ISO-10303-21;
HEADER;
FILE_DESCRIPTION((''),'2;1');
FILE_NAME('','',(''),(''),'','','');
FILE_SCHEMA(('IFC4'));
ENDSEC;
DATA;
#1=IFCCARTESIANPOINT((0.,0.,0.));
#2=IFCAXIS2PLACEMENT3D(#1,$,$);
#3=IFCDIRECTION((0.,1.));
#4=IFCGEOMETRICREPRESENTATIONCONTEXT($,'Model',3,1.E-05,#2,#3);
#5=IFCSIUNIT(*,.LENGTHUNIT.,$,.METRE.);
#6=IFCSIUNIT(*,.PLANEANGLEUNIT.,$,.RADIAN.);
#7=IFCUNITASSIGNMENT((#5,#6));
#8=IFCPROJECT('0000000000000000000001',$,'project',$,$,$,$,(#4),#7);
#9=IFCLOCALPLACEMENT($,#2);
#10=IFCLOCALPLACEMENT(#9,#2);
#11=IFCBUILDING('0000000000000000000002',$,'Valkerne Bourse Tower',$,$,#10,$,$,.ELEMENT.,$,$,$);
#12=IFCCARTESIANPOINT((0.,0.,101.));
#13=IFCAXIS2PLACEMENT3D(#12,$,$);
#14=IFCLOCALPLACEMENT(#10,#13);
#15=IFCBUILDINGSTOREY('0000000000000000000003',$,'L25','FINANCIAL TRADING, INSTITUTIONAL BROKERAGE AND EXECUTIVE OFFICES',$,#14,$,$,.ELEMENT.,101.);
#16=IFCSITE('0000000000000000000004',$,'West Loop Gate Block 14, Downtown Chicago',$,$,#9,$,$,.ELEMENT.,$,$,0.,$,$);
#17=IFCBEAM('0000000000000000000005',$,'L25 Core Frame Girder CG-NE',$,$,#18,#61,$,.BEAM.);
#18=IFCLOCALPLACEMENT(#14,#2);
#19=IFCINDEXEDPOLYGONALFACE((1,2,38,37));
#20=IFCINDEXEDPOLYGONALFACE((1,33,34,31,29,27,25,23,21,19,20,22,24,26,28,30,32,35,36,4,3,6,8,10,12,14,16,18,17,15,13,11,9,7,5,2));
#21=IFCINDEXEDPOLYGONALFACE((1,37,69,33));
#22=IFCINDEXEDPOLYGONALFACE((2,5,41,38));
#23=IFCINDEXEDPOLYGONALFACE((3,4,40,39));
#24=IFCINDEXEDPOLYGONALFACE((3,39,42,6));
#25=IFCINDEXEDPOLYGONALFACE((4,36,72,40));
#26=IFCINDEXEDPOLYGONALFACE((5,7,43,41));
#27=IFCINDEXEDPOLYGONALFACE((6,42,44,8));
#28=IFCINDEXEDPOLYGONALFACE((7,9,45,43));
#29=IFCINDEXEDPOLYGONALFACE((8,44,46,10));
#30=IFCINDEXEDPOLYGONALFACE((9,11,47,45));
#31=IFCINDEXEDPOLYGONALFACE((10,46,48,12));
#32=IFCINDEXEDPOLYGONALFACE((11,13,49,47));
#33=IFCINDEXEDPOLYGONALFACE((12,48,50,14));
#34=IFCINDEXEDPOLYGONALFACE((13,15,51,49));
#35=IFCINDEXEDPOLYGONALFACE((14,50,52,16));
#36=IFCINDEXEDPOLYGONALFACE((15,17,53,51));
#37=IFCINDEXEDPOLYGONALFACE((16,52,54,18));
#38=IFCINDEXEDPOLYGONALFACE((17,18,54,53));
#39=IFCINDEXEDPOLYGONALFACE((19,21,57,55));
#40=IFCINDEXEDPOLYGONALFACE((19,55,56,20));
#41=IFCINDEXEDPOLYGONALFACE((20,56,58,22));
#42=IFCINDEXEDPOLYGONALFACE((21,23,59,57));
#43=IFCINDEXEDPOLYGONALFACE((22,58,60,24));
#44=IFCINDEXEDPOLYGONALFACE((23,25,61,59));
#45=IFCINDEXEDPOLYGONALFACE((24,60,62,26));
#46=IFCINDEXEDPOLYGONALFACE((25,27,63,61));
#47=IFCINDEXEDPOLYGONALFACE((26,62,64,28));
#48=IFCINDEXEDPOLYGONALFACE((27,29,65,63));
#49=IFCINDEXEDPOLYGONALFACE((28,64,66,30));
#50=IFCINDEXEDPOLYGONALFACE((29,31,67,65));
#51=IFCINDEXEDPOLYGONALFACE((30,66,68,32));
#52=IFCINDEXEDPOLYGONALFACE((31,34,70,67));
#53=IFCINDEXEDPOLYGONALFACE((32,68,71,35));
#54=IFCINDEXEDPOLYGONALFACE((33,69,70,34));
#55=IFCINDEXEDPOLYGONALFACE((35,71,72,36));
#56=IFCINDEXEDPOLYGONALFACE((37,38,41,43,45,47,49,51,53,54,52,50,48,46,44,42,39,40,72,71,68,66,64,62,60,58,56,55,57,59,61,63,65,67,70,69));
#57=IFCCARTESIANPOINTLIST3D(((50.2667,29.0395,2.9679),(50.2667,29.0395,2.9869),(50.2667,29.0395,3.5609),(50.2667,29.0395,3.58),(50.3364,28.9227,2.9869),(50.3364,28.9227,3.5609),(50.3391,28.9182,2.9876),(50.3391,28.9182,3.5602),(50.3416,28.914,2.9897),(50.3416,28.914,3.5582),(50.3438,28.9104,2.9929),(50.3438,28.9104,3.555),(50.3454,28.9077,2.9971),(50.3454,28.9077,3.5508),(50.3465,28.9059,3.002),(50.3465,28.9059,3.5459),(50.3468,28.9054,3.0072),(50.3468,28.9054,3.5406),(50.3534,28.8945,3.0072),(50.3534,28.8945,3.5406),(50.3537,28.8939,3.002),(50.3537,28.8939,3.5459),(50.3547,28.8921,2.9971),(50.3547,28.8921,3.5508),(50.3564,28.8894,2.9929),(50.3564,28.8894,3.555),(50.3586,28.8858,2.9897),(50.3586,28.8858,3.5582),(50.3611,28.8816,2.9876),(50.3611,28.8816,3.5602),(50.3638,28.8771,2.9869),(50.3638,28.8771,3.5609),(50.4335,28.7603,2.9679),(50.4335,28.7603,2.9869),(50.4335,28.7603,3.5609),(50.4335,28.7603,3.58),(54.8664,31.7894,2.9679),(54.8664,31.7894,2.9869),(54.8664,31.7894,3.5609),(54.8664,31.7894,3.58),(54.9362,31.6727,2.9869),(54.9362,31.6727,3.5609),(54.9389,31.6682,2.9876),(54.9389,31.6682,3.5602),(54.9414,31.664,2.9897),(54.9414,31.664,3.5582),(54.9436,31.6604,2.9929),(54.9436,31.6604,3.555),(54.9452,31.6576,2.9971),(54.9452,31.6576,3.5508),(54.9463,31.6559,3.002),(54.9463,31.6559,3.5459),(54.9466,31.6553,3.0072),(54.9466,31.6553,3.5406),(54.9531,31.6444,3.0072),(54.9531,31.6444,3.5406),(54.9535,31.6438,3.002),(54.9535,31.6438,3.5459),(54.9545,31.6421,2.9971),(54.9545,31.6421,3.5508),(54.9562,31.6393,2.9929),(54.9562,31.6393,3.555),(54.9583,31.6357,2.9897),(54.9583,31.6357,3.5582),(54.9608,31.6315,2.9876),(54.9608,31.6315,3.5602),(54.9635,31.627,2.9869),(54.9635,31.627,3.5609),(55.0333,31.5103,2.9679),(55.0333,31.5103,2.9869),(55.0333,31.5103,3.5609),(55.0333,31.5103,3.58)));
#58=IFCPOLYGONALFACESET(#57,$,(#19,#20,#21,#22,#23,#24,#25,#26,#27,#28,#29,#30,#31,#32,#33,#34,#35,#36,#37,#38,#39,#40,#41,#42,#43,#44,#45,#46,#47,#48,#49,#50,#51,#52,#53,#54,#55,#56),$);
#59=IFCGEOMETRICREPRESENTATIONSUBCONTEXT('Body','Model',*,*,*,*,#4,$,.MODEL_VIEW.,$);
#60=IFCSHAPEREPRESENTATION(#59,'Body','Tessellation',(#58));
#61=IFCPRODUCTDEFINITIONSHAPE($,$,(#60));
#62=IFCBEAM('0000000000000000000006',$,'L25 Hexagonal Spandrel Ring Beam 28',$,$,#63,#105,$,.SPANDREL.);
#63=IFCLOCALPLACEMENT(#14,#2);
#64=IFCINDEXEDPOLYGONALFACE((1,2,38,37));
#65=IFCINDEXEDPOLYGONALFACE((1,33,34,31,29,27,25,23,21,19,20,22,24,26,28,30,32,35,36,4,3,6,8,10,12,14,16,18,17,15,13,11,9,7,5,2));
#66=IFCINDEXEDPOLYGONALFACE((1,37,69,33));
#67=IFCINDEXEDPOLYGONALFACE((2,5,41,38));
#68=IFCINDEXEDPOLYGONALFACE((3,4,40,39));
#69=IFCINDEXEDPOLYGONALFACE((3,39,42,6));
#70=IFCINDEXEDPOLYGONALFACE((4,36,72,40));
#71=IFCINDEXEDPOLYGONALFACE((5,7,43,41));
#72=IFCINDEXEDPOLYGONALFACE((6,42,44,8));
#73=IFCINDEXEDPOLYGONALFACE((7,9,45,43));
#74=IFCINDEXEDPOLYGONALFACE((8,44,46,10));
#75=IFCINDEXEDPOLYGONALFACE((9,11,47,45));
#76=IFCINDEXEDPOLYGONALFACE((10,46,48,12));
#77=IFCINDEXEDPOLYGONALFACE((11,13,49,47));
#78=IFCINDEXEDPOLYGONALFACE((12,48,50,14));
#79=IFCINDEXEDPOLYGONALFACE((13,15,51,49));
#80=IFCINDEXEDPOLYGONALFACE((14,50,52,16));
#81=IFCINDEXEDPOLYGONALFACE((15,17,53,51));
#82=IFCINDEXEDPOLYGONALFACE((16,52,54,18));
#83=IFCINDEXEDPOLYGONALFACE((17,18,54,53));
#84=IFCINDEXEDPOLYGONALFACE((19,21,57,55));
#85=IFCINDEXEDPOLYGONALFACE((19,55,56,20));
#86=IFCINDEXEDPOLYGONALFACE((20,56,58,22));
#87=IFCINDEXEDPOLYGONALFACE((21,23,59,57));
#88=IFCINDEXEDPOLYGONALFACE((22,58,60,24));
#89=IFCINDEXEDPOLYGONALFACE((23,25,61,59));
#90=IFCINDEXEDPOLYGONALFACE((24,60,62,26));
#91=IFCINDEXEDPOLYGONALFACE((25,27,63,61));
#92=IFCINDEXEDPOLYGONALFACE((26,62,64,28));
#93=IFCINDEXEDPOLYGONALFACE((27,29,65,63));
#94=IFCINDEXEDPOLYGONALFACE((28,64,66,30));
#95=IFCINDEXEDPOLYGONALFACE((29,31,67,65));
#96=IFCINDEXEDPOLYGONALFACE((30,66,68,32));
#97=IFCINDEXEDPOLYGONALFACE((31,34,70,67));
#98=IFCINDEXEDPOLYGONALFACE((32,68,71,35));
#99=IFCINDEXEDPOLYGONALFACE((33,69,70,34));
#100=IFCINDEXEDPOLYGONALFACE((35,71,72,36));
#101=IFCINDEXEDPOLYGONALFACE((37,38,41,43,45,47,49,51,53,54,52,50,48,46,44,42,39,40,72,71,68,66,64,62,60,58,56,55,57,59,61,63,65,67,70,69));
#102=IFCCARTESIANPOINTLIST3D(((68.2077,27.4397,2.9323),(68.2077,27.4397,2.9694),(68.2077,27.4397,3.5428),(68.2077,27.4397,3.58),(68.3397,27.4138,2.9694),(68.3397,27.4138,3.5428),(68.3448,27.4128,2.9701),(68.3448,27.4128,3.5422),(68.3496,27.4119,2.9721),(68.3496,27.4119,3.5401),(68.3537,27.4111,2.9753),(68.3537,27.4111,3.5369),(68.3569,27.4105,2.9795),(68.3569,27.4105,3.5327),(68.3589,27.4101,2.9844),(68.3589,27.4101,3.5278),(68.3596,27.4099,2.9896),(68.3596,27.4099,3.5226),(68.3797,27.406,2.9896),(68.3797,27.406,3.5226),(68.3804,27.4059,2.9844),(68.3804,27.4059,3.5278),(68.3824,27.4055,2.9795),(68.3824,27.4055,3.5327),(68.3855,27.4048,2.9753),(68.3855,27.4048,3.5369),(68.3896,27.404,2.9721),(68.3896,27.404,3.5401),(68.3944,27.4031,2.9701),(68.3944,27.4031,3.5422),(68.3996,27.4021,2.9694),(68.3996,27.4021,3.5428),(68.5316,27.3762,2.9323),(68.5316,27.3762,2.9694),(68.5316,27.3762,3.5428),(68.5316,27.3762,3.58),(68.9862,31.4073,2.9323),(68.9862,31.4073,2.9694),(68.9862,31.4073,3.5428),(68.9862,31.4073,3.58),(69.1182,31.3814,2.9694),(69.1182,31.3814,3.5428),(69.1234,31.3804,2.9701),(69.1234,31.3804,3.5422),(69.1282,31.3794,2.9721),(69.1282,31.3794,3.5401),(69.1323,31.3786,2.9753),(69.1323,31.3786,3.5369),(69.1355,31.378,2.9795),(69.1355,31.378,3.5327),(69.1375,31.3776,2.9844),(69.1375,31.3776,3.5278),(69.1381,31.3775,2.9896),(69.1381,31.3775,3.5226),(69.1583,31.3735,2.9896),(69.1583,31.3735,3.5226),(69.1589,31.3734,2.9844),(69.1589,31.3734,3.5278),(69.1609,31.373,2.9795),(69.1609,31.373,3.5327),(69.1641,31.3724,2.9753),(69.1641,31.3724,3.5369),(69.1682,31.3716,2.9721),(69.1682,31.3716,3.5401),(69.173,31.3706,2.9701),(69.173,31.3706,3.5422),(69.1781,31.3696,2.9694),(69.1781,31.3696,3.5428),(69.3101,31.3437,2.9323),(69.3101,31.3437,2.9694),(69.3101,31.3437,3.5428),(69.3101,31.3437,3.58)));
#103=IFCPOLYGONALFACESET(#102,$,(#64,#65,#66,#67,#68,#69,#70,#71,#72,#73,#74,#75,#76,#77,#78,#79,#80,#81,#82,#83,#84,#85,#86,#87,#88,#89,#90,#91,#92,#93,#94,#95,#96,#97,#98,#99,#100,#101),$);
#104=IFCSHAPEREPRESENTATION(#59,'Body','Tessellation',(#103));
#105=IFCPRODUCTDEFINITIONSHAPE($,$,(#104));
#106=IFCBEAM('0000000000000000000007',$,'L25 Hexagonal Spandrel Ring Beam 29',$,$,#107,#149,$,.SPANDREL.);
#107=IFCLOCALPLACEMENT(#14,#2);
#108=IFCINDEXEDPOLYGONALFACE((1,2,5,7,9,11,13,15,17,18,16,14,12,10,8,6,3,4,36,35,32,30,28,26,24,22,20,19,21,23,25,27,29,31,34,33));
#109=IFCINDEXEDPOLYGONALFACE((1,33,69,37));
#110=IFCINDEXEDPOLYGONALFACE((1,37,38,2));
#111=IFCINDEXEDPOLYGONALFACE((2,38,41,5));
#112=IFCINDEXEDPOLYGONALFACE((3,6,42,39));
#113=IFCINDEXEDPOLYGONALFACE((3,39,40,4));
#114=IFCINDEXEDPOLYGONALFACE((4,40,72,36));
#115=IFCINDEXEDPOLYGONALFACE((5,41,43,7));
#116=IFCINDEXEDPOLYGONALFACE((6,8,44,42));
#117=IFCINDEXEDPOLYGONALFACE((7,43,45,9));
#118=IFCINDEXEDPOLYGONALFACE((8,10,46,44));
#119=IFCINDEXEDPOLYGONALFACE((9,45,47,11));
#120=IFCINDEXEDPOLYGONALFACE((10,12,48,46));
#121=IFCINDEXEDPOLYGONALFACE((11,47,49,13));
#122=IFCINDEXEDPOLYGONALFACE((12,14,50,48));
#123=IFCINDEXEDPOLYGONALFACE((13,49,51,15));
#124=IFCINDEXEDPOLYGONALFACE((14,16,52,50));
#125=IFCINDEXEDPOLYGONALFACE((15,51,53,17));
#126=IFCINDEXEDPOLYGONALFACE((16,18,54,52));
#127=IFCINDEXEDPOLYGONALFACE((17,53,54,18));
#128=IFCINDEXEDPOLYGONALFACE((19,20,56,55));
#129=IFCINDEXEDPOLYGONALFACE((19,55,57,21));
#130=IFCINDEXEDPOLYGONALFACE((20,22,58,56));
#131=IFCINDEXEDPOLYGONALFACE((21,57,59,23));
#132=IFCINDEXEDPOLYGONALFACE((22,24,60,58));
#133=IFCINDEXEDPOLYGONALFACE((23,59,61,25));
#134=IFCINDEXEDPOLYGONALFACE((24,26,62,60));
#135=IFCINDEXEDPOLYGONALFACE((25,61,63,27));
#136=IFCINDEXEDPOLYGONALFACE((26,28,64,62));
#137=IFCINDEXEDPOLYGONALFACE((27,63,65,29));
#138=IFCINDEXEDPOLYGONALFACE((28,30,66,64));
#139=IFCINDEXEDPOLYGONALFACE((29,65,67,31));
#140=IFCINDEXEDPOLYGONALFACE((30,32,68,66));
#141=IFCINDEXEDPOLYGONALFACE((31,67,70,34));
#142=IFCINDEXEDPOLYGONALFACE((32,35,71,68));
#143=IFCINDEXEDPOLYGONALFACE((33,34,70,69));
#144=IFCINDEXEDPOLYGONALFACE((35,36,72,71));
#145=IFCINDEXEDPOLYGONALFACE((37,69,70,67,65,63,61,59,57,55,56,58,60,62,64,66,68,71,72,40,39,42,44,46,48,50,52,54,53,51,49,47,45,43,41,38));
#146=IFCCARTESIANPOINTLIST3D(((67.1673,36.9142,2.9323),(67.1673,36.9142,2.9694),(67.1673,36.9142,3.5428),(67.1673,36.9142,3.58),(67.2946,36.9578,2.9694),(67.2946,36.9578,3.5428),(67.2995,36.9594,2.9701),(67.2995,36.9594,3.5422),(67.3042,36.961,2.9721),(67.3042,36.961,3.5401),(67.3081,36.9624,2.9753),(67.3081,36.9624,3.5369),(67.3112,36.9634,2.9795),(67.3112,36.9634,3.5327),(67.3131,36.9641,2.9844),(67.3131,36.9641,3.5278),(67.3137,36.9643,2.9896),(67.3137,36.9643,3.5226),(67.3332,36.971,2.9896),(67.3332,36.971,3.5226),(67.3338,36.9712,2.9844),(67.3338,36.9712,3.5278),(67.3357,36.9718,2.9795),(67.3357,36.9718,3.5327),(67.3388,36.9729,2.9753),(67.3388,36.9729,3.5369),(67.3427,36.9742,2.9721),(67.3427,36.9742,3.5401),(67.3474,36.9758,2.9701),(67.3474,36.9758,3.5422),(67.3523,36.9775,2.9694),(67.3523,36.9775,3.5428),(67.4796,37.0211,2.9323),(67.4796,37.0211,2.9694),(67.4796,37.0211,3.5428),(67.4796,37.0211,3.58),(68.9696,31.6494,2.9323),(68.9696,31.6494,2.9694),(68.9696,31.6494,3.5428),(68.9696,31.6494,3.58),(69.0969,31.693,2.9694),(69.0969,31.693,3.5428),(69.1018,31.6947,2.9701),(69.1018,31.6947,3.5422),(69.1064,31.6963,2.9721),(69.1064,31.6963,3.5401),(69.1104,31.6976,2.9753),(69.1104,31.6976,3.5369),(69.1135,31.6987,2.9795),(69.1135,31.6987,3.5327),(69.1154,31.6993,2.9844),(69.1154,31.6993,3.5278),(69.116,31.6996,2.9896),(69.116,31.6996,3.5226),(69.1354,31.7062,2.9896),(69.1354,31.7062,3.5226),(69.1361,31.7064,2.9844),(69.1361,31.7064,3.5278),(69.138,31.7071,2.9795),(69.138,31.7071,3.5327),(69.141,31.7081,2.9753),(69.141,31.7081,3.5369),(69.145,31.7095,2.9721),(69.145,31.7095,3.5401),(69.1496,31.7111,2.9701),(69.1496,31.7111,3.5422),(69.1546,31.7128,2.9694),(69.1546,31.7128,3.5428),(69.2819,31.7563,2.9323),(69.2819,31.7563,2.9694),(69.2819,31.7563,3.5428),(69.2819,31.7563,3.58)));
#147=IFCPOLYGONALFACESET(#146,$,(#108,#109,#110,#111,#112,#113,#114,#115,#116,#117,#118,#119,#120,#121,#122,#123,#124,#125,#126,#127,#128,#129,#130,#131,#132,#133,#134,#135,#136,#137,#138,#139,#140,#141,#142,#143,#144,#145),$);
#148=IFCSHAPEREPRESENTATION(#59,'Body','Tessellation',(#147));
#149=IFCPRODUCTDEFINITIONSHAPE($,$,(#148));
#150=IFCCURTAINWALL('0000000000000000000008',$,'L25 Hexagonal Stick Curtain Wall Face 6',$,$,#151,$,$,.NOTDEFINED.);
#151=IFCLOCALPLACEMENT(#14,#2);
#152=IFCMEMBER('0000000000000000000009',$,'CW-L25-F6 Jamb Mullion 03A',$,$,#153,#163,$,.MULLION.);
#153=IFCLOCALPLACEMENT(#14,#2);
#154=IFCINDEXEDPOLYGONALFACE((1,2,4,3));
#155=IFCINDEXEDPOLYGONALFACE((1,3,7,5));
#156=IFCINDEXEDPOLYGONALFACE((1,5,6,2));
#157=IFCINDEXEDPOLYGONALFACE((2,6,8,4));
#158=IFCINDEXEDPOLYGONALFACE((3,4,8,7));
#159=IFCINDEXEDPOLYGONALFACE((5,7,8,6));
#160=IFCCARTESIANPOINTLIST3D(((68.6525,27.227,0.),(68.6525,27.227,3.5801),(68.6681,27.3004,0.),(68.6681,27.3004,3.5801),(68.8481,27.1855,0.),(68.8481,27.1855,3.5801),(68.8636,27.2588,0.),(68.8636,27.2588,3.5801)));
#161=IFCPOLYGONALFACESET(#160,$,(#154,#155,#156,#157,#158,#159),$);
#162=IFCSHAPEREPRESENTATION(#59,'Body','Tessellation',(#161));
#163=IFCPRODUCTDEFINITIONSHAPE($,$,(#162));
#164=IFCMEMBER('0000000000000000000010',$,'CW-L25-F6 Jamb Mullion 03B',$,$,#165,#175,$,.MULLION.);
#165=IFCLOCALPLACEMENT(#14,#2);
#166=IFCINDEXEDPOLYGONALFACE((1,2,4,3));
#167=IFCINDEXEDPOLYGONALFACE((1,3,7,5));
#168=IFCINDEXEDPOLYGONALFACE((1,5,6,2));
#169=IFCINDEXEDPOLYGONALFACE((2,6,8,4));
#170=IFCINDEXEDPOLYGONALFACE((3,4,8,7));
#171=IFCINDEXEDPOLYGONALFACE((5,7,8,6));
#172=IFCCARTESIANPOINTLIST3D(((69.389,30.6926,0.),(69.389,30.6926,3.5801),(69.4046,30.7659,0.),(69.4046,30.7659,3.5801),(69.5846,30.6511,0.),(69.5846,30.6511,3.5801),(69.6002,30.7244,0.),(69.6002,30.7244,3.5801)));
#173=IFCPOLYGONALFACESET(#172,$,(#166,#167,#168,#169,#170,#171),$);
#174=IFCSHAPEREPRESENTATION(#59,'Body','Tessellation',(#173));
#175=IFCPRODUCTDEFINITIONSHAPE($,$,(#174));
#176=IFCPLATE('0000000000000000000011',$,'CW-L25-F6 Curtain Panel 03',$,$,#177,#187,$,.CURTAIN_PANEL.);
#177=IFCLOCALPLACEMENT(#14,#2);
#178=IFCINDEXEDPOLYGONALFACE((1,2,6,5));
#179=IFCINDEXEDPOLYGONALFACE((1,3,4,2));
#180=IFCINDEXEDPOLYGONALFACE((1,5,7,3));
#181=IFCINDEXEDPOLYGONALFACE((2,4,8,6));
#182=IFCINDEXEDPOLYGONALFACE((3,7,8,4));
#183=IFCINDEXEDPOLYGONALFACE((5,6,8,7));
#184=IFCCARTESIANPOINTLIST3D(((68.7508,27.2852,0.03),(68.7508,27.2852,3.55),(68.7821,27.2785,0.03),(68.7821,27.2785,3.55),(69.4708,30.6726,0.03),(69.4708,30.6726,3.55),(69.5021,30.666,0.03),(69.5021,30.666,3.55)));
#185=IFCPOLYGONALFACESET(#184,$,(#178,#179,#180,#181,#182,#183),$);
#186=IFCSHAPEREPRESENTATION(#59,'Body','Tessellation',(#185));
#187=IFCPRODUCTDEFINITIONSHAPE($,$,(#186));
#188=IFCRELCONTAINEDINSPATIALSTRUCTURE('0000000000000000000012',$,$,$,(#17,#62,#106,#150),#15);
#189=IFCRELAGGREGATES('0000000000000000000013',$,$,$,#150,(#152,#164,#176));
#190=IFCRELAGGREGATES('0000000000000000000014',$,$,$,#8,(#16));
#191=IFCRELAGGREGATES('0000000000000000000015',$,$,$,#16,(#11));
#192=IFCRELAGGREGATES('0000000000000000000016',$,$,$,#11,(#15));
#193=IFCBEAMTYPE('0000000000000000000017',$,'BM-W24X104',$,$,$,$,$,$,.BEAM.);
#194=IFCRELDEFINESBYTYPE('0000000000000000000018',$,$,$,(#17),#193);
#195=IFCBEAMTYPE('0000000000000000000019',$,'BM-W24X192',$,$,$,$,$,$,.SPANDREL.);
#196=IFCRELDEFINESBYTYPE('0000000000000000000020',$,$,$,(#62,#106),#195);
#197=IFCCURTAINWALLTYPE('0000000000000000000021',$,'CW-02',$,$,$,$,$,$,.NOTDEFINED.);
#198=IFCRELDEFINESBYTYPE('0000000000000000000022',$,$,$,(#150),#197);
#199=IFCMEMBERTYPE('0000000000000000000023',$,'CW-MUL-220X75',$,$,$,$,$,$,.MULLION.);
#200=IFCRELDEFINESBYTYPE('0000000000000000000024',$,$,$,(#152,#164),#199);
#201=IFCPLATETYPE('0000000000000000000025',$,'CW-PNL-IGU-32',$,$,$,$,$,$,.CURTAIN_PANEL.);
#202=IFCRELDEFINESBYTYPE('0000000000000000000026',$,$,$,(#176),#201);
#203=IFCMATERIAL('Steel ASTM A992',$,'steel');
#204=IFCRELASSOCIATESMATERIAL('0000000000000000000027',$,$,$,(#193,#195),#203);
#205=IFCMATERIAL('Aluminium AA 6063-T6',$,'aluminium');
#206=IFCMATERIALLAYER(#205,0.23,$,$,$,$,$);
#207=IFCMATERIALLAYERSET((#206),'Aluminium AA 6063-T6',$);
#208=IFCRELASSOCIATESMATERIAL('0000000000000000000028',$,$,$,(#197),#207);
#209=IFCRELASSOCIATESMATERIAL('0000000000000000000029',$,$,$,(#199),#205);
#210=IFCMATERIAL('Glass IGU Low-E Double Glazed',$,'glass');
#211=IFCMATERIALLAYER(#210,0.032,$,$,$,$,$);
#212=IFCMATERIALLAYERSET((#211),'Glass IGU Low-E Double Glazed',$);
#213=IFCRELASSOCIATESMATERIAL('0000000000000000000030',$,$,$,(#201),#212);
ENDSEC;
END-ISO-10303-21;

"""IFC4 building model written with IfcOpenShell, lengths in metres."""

from ifc_helpers import new_model, si_unit, direction, frame, origin, origin_2d, place, context, subcontext, project, spatial, rectangle, i_section, extrude, material, layer, layer_set, material_profile, profile_set, type_object, element, aggregate, save


model = new_model("IFC4")

# Units and contexts
model_context = context("Model", 3, precision=1e-05, world=origin(), true_north=direction((0.0, 1.0)))
body_context = subcontext(model_context, "Body", "Model", "MODEL_VIEW")
ifc_project = project(units=[si_unit("LENGTHUNIT", "METRE"), si_unit("PLANEANGLEUNIT", "RADIAN")], contexts=[model_context])

# Site, building, storey
site_placement = place(None, origin())
site = spatial("IfcSite", under=ifc_project, at=site_placement, Name="West Loop Gate Block 14, Downtown Chicago", CompositionType="ELEMENT", RefElevation=0.0)
building_placement = place(site_placement, origin())
building = spatial("IfcBuilding", under=site, at=building_placement, Name="Valkerne Bourse Tower", CompositionType="ELEMENT")
storey_placement = place(building_placement, frame((0.0, 0.0, 101.0)))
storey = spatial("IfcBuildingStorey", under=building, at=storey_placement, Name="L25", Description="FINANCIAL TRADING, INSTITUTIONAL BROKERAGE AND EXECUTIVE OFFICES", CompositionType="ELEMENT", Elevation=101.0)

# Beams
ifc_material_1 = material(Name="Steel ASTM A992", Category="steel")
ifc_material_profile_1 = material_profile(ifc_material_1, i_section(OverallWidth=0.3252, OverallDepth=0.6121, WebThickness=0.0127, FlangeThickness=0.019, FilletRadius=0.0203, at=origin_2d()), Name="W24X104")
ifc_profile_set_1 = profile_set([ifc_material_profile_1], Name="Steel ASTM A992")
beam_type_1 = type_object("IfcBeamType", Name="BM-W24X104", PredefinedType="BEAM", material=ifc_profile_set_1)
beam_1_placement = place(storey_placement, frame((50.3501, 28.8999, 3.2739), z_axis=(0.858308, 0.513135, 0.0), x_axis=(-0.513135, 0.858308, 0.0)))
element("IfcBeam", 1, at=beam_1_placement, inside=storey, type_object=beam_type_1, Name="L25 Core Frame Girder CG-NE", PredefinedType="BEAM", context=body_context, shape_type="SweptSolid", body=[
    extrude(i_section(OverallWidth=0.3252, OverallDepth=0.6121, WebThickness=0.0127, FlangeThickness=0.019, FilletRadius=0.0203, at=origin_2d()), origin(), (0.0, 0.0, 1.0), 5.3591),
])
ifc_material_profile_2 = material_profile(ifc_material_1, i_section(OverallWidth=0.3301, OverallDepth=0.6477, WebThickness=0.0205, FlangeThickness=0.0371, FilletRadius=0.0203, at=origin_2d()), Name="W24X192")
ifc_profile_set_2 = profile_set([ifc_material_profile_2], Name="Steel ASTM A992")
beam_type_2 = type_object("IfcBeamType", Name="BM-W24X192", PredefinedType="SPANDREL", material=ifc_profile_set_2)
beam_2_placement = place(storey_placement, frame((68.3696, 27.408, 3.2561), z_axis=(0.192562, 0.981285, 0.0), x_axis=(-0.981285, 0.192562, 0.0)))
element("IfcBeam", 2, at=beam_2_placement, inside=storey, type_object=beam_type_2, Name="L25 Hexagonal Spandrel Ring Beam 28", PredefinedType="SPANDREL", context=body_context, shape_type="SweptSolid", body=[
    extrude(i_section(OverallWidth=0.3301, OverallDepth=0.6477, WebThickness=0.0205, FlangeThickness=0.0371, FilletRadius=0.0203, at=origin_2d()), origin(), (0.0, 0.0, 1.0), 4.0432),
])
beam_3_placement = place(storey_placement, frame((69.1257, 31.7029, 3.2561), z_axis=(-0.323878, 0.946099, 0.0), x_axis=(-0.946099, -0.323878, 0.0)))
element("IfcBeam", 3, at=beam_3_placement, inside=storey, type_object=beam_type_2, Name="L25 Hexagonal Spandrel Ring Beam 29", PredefinedType="SPANDREL", context=body_context, shape_type="SweptSolid", body=[
    extrude(i_section(OverallWidth=0.3301, OverallDepth=0.6477, WebThickness=0.0205, FlangeThickness=0.0371, FilletRadius=0.0203, at=origin_2d()), origin(), (0.0, 0.0, 1.0), 5.5647),
])

# Curtain wall, members, plate
ifc_material_2 = material(Name="Aluminium AA 6063-T6", Category="aluminium")
ifc_layer_1 = layer(ifc_material_2, 0.23)
ifc_layer_set_1 = layer_set([ifc_layer_1], Name="Aluminium AA 6063-T6")
curtain_wall_type = type_object("IfcCurtainWallType", Name="CW-02", PredefinedType="NOTDEFINED", material=ifc_layer_set_1)
curtain_wall_placement = place(storey_placement, origin())
curtain_wall = element("IfcCurtainWall", 4, at=curtain_wall_placement, inside=storey, type_object=curtain_wall_type, Name="L25 Hexagonal Stick Curtain Wall Face 6", PredefinedType="NOTDEFINED")
ifc_material_profile_3 = material_profile(ifc_material_2, rectangle(XDim=0.075, YDim=0.2, at=origin_2d()), Name="CWM-75X200")
ifc_profile_set_3 = profile_set([ifc_material_profile_3], Name="Aluminium AA 6063-T6")
member_type = type_object("IfcMemberType", Name="CW-MUL-220X75", PredefinedType="MULLION", material=ifc_profile_set_3)
member_1_placement = place(storey_placement, frame((68.7581, 27.2429, 0.0), z_axis=(0.0, 0.0, 1.0), x_axis=(0.207913, 0.978147, 0.0)))
member_1 = element("IfcMember", 5, at=member_1_placement, type_object=member_type, Name="CW-L25-F6 Jamb Mullion 03A", PredefinedType="MULLION", context=body_context, shape_type="SweptSolid", body=[
    extrude(rectangle(XDim=0.075, YDim=0.2, at=origin_2d()), origin(), (0.0, 0.0, 1.0), 3.5801),
])
member_2_placement = place(storey_placement, frame((69.4946, 30.7085, 0.0), z_axis=(0.0, 0.0, 1.0), x_axis=(0.207913, 0.978147, 0.0)))
member_2 = element("IfcMember", 6, at=member_2_placement, type_object=member_type, Name="CW-L25-F6 Jamb Mullion 03B", PredefinedType="MULLION", context=body_context, shape_type="SweptSolid", body=[
    extrude(rectangle(XDim=0.075, YDim=0.2, at=origin_2d()), origin(), (0.0, 0.0, 1.0), 3.5801),
])
ifc_material_3 = material(Name="Glass IGU Low-E Double Glazed", Category="glass")
ifc_layer_2 = layer(ifc_material_3, 0.032)
ifc_layer_set_2 = layer_set([ifc_layer_2], Name="Glass IGU Low-E Double Glazed")
plate_type_1 = type_object("IfcPlateType", Name="CW-PNL-IGU-32", PredefinedType="CURTAIN_PANEL", material=ifc_layer_set_2)
plate_1_placement = place(storey_placement, frame((69.1265, 28.9756, 0.03), z_axis=(0.0, 0.0, 1.0), x_axis=(0.207913, 0.978147, 0.0)))
plate_1 = element("IfcPlate", 7, at=plate_1_placement, type_object=plate_type_1, Name="CW-L25-F6 Curtain Panel 03", PredefinedType="CURTAIN_PANEL", context=body_context, shape_type="SweptSolid", body=[
    extrude(rectangle(XDim=3.4631, YDim=0.032, at=origin_2d()), origin(), (0.0, 0.0, 1.0), 3.52),
])
aggregate(curtain_wall, [member_1, member_2, plate_1])

save(model, "model.ifc")
